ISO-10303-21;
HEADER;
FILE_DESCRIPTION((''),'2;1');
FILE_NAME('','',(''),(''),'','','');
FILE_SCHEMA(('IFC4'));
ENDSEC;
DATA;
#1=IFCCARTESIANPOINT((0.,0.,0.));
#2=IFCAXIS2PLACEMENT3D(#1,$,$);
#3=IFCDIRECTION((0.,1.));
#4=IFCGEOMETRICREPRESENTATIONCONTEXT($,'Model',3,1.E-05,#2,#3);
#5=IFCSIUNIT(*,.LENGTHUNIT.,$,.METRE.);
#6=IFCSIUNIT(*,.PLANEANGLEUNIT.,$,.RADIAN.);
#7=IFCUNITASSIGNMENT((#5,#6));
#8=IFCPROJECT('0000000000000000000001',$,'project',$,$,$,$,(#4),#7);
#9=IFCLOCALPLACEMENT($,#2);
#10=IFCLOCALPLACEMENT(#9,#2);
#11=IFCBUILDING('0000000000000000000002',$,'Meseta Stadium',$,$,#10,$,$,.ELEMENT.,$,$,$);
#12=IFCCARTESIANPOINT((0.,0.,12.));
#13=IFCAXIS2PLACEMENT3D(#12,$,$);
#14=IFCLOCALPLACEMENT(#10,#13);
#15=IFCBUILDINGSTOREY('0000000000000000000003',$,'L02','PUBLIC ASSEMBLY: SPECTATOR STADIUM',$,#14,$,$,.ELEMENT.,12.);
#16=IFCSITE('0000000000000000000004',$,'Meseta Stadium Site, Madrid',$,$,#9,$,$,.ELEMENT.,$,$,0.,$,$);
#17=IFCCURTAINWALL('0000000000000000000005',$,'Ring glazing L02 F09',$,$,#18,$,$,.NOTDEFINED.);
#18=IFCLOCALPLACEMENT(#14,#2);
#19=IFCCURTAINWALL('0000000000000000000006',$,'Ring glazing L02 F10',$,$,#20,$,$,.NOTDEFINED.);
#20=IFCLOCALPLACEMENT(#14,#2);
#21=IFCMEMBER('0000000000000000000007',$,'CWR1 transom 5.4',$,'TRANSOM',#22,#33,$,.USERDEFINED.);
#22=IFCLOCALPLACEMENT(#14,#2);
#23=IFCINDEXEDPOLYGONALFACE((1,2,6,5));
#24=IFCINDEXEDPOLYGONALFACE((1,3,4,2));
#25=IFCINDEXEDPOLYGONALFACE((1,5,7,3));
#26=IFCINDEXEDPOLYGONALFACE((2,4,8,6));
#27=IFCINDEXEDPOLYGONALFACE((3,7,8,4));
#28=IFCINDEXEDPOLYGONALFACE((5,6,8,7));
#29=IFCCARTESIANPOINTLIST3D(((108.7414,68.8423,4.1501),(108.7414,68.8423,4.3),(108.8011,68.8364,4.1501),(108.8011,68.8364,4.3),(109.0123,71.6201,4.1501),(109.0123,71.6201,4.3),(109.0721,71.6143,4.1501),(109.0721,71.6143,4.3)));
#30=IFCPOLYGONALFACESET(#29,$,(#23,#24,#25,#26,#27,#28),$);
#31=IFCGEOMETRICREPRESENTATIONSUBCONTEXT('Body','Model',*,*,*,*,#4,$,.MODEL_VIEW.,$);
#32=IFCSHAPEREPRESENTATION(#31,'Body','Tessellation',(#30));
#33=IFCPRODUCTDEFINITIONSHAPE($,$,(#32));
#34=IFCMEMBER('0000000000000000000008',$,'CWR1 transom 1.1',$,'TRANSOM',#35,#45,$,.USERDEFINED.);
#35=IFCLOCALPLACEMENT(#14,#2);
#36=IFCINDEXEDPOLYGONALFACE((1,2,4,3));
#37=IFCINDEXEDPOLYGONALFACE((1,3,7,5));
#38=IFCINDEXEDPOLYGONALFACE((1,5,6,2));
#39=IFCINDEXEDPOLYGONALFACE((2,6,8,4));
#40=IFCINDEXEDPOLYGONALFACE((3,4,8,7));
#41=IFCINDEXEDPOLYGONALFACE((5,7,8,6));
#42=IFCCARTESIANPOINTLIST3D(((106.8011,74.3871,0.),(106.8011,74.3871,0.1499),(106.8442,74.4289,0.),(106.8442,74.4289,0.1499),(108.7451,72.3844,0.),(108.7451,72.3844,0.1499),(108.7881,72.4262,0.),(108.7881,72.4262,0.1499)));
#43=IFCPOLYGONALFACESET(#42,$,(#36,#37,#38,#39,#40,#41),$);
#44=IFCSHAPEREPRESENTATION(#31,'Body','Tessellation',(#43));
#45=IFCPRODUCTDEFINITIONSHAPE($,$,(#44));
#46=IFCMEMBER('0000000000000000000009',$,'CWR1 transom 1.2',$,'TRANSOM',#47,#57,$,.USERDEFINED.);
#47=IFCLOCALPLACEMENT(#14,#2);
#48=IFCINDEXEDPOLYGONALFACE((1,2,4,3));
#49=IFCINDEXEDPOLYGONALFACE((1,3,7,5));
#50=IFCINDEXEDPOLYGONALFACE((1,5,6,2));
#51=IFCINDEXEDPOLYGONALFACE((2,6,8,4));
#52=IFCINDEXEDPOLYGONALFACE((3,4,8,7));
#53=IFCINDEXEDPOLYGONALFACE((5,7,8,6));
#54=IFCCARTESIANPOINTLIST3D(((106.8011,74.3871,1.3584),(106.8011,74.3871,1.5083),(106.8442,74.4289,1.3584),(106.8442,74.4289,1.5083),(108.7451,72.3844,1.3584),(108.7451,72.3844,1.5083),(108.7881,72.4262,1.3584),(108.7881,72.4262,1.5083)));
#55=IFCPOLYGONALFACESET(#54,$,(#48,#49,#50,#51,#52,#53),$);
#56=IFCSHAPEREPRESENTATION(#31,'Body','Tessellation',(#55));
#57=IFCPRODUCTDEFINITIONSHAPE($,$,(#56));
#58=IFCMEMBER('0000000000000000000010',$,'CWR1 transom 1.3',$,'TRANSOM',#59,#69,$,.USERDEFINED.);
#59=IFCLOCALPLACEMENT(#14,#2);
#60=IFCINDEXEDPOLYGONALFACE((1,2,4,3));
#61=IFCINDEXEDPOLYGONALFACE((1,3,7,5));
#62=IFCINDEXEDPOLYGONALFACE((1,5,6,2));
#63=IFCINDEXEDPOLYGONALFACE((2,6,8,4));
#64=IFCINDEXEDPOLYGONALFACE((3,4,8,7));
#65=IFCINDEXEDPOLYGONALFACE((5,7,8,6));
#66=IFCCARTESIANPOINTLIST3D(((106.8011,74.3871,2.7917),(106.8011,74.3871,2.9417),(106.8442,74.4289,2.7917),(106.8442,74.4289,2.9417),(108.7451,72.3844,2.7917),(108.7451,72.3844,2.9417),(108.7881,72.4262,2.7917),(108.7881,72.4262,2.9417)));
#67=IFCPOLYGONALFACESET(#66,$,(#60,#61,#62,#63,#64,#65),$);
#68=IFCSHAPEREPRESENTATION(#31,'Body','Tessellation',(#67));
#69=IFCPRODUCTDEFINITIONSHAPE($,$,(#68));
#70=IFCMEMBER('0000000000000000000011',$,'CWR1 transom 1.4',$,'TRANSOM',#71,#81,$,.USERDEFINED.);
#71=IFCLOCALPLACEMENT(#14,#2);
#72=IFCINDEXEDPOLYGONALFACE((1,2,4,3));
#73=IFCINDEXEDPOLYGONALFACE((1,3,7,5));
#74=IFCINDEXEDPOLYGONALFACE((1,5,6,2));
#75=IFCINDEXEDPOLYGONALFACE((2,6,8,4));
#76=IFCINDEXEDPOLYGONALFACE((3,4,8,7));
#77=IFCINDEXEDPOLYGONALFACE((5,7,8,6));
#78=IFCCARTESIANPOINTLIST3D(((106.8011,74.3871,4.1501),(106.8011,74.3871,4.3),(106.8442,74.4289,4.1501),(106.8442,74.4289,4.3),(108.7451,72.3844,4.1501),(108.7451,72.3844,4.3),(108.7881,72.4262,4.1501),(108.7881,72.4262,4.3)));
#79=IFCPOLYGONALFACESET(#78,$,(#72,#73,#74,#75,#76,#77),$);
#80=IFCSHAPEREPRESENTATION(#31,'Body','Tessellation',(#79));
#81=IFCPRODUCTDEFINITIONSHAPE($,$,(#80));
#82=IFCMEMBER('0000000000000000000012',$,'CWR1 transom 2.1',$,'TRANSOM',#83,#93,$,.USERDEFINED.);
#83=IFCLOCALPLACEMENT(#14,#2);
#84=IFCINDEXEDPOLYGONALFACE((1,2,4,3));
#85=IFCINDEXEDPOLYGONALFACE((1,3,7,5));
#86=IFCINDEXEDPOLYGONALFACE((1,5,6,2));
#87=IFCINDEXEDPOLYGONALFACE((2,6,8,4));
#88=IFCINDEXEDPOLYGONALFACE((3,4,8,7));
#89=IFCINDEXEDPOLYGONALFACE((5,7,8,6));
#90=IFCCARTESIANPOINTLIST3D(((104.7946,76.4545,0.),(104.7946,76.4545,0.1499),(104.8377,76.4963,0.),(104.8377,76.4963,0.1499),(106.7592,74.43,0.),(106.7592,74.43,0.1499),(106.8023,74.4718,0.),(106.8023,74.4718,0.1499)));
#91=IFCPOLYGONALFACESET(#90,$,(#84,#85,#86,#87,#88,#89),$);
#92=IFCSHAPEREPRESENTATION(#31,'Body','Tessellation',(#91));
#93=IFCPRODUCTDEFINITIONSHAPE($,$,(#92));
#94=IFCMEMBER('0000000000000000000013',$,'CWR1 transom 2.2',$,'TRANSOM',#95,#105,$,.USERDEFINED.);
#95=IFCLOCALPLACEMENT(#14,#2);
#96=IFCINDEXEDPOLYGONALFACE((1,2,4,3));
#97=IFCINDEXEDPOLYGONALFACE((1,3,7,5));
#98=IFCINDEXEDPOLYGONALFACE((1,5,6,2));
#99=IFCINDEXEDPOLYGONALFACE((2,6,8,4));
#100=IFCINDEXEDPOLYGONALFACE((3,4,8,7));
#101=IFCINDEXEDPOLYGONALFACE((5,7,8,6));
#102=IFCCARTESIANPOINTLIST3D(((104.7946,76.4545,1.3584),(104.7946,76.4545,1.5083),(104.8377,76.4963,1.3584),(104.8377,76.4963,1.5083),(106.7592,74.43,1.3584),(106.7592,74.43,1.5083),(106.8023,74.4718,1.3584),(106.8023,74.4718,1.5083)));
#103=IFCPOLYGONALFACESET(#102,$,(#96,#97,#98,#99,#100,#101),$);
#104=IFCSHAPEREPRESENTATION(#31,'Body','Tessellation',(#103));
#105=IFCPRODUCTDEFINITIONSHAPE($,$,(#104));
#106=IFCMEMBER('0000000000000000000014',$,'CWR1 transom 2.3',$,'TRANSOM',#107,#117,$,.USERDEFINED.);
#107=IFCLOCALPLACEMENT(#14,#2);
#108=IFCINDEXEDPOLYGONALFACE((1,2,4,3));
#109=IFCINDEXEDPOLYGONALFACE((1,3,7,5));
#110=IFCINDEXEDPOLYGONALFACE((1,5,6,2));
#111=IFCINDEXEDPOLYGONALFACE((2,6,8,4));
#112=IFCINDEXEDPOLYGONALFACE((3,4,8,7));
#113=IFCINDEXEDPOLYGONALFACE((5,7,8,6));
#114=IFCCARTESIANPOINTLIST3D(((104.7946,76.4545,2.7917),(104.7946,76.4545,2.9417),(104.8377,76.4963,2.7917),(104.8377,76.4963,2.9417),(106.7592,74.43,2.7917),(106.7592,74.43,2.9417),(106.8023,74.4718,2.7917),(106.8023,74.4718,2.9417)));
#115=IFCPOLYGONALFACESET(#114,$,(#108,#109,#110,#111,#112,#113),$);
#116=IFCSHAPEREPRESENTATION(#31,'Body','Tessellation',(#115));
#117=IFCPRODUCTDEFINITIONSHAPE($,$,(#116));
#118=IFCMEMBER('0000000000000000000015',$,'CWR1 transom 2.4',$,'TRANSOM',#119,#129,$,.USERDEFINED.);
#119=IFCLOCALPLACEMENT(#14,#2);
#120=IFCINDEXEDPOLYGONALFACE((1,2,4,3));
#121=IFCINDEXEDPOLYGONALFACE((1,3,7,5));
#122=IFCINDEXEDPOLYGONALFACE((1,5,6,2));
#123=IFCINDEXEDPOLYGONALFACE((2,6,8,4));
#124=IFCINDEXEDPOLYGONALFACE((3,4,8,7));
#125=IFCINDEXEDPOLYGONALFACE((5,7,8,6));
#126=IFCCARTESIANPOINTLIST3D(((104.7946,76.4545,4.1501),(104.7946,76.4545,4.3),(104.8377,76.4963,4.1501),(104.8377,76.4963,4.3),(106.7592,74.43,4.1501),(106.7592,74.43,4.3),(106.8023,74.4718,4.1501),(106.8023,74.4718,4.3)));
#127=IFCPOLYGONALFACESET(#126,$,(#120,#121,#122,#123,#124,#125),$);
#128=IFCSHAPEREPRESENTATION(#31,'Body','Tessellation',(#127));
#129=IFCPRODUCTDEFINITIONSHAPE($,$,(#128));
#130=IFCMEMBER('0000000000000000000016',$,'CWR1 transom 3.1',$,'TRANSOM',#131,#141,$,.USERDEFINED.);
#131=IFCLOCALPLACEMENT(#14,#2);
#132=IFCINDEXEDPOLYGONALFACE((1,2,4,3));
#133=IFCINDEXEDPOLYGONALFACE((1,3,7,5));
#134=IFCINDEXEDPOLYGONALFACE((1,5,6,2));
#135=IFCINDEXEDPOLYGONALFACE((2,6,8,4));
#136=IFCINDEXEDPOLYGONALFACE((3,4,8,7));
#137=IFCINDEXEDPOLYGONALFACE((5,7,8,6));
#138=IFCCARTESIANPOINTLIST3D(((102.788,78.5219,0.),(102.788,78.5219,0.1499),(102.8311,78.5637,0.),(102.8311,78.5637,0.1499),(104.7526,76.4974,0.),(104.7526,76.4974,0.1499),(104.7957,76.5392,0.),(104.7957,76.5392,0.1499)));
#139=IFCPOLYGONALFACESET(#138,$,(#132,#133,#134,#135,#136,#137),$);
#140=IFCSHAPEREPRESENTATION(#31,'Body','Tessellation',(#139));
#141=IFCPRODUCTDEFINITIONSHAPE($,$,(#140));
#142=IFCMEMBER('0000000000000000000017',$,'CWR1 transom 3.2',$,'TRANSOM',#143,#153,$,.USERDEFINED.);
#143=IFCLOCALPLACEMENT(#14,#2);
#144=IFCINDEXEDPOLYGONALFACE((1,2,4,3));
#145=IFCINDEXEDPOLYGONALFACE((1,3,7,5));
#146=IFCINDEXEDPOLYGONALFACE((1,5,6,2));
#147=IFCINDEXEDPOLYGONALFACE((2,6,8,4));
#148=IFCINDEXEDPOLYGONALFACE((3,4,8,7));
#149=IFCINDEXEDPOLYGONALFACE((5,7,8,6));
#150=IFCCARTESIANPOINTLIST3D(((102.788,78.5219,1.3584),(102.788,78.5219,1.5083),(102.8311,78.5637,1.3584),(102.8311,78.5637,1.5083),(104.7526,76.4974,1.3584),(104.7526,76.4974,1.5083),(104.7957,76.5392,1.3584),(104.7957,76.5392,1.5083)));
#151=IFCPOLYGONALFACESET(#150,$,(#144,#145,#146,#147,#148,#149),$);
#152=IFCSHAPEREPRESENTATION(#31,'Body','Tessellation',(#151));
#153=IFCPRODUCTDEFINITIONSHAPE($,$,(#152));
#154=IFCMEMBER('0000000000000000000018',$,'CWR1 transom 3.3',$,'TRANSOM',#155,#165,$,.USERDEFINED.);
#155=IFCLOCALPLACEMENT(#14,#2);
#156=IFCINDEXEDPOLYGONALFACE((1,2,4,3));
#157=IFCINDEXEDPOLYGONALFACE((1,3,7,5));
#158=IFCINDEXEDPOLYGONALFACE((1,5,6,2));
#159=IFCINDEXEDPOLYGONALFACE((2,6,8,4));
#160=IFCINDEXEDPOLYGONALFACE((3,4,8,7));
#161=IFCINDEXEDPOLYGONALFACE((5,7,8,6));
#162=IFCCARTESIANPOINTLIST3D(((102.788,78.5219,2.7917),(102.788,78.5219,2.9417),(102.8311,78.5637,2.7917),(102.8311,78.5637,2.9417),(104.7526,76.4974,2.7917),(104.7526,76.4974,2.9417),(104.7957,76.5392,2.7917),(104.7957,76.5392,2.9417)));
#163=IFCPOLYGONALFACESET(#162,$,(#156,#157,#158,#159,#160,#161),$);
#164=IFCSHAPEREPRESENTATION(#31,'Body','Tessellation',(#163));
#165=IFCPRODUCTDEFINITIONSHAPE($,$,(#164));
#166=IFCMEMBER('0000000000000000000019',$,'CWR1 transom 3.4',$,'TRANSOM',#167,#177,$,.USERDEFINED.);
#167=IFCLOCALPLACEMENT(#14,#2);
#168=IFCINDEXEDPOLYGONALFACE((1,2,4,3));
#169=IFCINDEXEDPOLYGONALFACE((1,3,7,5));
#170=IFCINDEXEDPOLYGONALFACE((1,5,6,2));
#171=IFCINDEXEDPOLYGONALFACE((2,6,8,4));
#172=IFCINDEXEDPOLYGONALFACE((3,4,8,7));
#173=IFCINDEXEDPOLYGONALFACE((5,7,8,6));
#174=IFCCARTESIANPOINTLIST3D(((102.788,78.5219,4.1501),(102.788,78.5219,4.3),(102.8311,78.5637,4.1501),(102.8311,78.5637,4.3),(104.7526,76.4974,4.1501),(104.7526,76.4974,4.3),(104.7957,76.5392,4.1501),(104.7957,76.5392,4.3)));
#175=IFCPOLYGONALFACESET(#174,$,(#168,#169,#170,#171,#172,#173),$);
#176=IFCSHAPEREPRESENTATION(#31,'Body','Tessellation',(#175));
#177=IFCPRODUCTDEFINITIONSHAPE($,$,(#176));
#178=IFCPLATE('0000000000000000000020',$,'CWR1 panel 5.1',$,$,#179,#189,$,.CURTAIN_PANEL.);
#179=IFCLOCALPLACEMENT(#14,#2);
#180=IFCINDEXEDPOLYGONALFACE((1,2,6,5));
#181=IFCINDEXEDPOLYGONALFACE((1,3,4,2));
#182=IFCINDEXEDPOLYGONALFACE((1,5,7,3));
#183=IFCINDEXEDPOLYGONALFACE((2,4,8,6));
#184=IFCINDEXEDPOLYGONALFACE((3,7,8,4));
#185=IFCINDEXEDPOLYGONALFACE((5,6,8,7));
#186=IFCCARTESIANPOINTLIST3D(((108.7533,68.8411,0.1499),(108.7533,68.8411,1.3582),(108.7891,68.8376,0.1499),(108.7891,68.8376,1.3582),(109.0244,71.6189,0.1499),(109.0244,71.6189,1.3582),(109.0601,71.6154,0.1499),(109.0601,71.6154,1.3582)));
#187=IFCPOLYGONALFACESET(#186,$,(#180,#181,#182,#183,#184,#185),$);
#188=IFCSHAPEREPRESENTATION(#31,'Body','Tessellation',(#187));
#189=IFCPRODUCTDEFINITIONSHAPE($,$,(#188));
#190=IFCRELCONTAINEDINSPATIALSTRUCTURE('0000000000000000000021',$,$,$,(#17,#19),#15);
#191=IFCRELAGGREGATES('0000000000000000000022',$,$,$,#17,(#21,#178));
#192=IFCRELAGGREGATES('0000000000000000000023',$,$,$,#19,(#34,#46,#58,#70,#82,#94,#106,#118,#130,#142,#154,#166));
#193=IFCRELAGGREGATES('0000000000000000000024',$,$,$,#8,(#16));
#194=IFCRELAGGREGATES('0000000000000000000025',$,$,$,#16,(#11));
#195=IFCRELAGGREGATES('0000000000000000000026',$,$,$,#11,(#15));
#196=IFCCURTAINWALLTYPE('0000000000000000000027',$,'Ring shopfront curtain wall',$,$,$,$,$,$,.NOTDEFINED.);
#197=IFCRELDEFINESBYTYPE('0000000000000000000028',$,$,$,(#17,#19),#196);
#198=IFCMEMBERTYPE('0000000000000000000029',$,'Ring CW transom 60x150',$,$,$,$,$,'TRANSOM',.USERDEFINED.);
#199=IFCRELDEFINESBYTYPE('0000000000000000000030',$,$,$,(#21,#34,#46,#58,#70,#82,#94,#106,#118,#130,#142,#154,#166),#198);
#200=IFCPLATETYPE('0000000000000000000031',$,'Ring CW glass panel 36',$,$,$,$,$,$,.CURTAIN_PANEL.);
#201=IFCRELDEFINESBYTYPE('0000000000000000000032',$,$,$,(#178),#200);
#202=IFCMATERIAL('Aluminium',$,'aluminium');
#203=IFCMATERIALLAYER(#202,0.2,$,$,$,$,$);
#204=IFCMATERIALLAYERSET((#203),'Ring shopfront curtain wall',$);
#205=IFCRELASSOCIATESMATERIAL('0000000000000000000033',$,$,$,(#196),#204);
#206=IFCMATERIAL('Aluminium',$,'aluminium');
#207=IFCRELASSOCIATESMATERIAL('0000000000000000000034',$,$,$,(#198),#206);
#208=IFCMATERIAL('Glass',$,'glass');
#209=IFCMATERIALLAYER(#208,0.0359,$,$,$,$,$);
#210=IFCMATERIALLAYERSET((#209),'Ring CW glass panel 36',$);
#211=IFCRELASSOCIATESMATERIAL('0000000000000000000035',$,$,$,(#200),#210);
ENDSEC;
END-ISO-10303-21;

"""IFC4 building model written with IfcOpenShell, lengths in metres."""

from ifc_helpers import new_model, si_unit, direction, frame, origin, origin_2d, place, context, subcontext, project, spatial, rectangle, extrude, material, layer, layer_set, material_profile, profile_set, type_object, element, aggregate, save


model = new_model("IFC4")

# Units and contexts
model_context = context("Model", 3, precision=1e-05, world=origin(), true_north=direction((0.0, 1.0)))
body_context = subcontext(model_context, "Body", "Model", "MODEL_VIEW")
ifc_project = project(units=[si_unit("LENGTHUNIT", "METRE"), si_unit("PLANEANGLEUNIT", "RADIAN")], contexts=[model_context])

# Site, building, storey
site_placement = place(None, origin())
site = spatial("IfcSite", under=ifc_project, at=site_placement, Name="Meseta Stadium Site, Madrid", CompositionType="ELEMENT", RefElevation=0.0)
building_placement = place(site_placement, origin())
building = spatial("IfcBuilding", under=site, at=building_placement, Name="Meseta Stadium", CompositionType="ELEMENT")
storey_placement = place(building_placement, frame((0.0, 0.0, 12.0)))
storey = spatial("IfcBuildingStorey", under=building, at=storey_placement, Name="L02", Description="PUBLIC ASSEMBLY: SPECTATOR STADIUM", CompositionType="ELEMENT", Elevation=12.0)

# Curtain wall
ifc_material_1 = material(Name="Aluminium", Category="aluminium")
ifc_layer_1 = layer(ifc_material_1, 0.2)
ifc_layer_set_1 = layer_set([ifc_layer_1], Name="Ring shopfront curtain wall")
curtain_wall_type = type_object("IfcCurtainWallType", Name="Ring shopfront curtain wall", PredefinedType="NOTDEFINED", material=ifc_layer_set_1)
curtain_wall_1_placement = place(storey_placement, origin())
curtain_wall_1 = element("IfcCurtainWall", 1, at=curtain_wall_1_placement, inside=storey, type_object=curtain_wall_type, Name="Ring glazing L02 F09", PredefinedType="NOTDEFINED")

# Curtain wall
curtain_wall_2_placement = place(storey_placement, origin())
curtain_wall_2 = element("IfcCurtainWall", 2, at=curtain_wall_2_placement, inside=storey, type_object=curtain_wall_type, Name="Ring glazing L02 F10", PredefinedType="NOTDEFINED")

# Members
ifc_material_2 = material(Name="Aluminium", Category="aluminium")
ifc_material_profile_1 = material_profile(ifc_material_2, rectangle(XDim=0.0601, YDim=0.1499, at=origin_2d()), Name="CW 60x150")
ifc_profile_set_1 = profile_set([ifc_material_profile_1], Name="Aluminium")
member_type_1 = type_object("IfcMemberType", Name="Ring CW transom 60x150", ElementType="TRANSOM", PredefinedType="USERDEFINED", material=ifc_profile_set_1)
member_1_placement = place(storey_placement, frame((108.7712, 68.8394, 4.2251), z_axis=(0.097096, 0.995275, 0.0), x_axis=(-0.995275, 0.097096, 0.0)))
member_1 = element("IfcMember", 3, at=member_1_placement, type_object=member_type_1, Name="CWR1 transom 5.4", ObjectType="TRANSOM", PredefinedType="USERDEFINED", context=body_context, shape_type="SweptSolid", body=[
    extrude(rectangle(XDim=0.0601, YDim=0.1499, at=origin_2d()), origin(), (0.0, 0.0, 1.0), 2.791),
])
member_2_placement = place(storey_placement, frame((108.7666, 72.4053, 0.075), z_axis=(-0.696487, 0.717569, 0.0), x_axis=(-0.717569, -0.696487, 0.0)))
member_2 = element("IfcMember", 4, at=member_2_placement, type_object=member_type_1, Name="CWR1 transom 1.1", ObjectType="TRANSOM", PredefinedType="USERDEFINED", context=body_context, shape_type="SweptSolid", body=[
    extrude(rectangle(XDim=0.0601, YDim=0.1499, at=origin_2d()), origin(), (0.0, 0.0, 1.0), 2.791),
])
member_3_placement = place(storey_placement, frame((108.7666, 72.4053, 1.4333), z_axis=(-0.696487, 0.717569, 0.0), x_axis=(-0.717569, -0.696487, 0.0)))
member_3 = element("IfcMember", 5, at=member_3_placement, type_object=member_type_1, Name="CWR1 transom 1.2", ObjectType="TRANSOM", PredefinedType="USERDEFINED", context=body_context, shape_type="SweptSolid", body=[
    extrude(rectangle(XDim=0.0601, YDim=0.1499, at=origin_2d()), origin(), (0.0, 0.0, 1.0), 2.791),
])
member_4_placement = place(storey_placement, frame((108.7666, 72.4053, 2.8667), z_axis=(-0.696487, 0.717569, 0.0), x_axis=(-0.717569, -0.696487, 0.0)))
member_4 = element("IfcMember", 6, at=member_4_placement, type_object=member_type_1, Name="CWR1 transom 1.3", ObjectType="TRANSOM", PredefinedType="USERDEFINED", context=body_context, shape_type="SweptSolid", body=[
    extrude(rectangle(XDim=0.0601, YDim=0.1499, at=origin_2d()), origin(), (0.0, 0.0, 1.0), 2.791),
])
member_5_placement = place(storey_placement, frame((108.7666, 72.4053, 4.2251), z_axis=(-0.696487, 0.717569, 0.0), x_axis=(-0.717569, -0.696487, 0.0)))
member_5 = element("IfcMember", 7, at=member_5_placement, type_object=member_type_1, Name="CWR1 transom 1.4", ObjectType="TRANSOM", PredefinedType="USERDEFINED", context=body_context, shape_type="SweptSolid", body=[
    extrude(rectangle(XDim=0.0601, YDim=0.1499, at=origin_2d()), origin(), (0.0, 0.0, 1.0), 2.791),
])
member_6_placement = place(storey_placement, frame((106.7808, 74.4509, 0.075), z_axis=(-0.696426, 0.717629, 0.0), x_axis=(-0.717629, -0.696426, 0.0)))
member_6 = element("IfcMember", 8, at=member_6_placement, type_object=member_type_1, Name="CWR1 transom 2.1", ObjectType="TRANSOM", PredefinedType="USERDEFINED", context=body_context, shape_type="SweptSolid", body=[
    extrude(rectangle(XDim=0.0601, YDim=0.1499, at=origin_2d()), origin(), (0.0, 0.0, 1.0), 2.821),
])
member_7_placement = place(storey_placement, frame((106.7808, 74.4509, 1.4333), z_axis=(-0.696426, 0.717629, 0.0), x_axis=(-0.717629, -0.696426, 0.0)))
member_7 = element("IfcMember", 9, at=member_7_placement, type_object=member_type_1, Name="CWR1 transom 2.2", ObjectType="TRANSOM", PredefinedType="USERDEFINED", context=body_context, shape_type="SweptSolid", body=[
    extrude(rectangle(XDim=0.0601, YDim=0.1499, at=origin_2d()), origin(), (0.0, 0.0, 1.0), 2.821),
])
member_8_placement = place(storey_placement, frame((106.7808, 74.4509, 2.8667), z_axis=(-0.696426, 0.717629, 0.0), x_axis=(-0.717629, -0.696426, 0.0)))
member_8 = element("IfcMember", 10, at=member_8_placement, type_object=member_type_1, Name="CWR1 transom 2.3", ObjectType="TRANSOM", PredefinedType="USERDEFINED", context=body_context, shape_type="SweptSolid", body=[
    extrude(rectangle(XDim=0.0601, YDim=0.1499, at=origin_2d()), origin(), (0.0, 0.0, 1.0), 2.821),
])
member_9_placement = place(storey_placement, frame((106.7808, 74.4509, 4.2251), z_axis=(-0.696426, 0.717629, 0.0), x_axis=(-0.717629, -0.696426, 0.0)))
member_9 = element("IfcMember", 11, at=member_9_placement, type_object=member_type_1, Name="CWR1 transom 2.4", ObjectType="TRANSOM", PredefinedType="USERDEFINED", context=body_context, shape_type="SweptSolid", body=[
    extrude(rectangle(XDim=0.0601, YDim=0.1499, at=origin_2d()), origin(), (0.0, 0.0, 1.0), 2.821),
])
member_10_placement = place(storey_placement, frame((104.7742, 76.5183, 0.075), z_axis=(-0.696426, 0.717629, 0.0), x_axis=(-0.717629, -0.696426, 0.0)))
member_10 = element("IfcMember", 12, at=member_10_placement, type_object=member_type_1, Name="CWR1 transom 3.1", ObjectType="TRANSOM", PredefinedType="USERDEFINED", context=body_context, shape_type="SweptSolid", body=[
    extrude(rectangle(XDim=0.0601, YDim=0.1499, at=origin_2d()), origin(), (0.0, 0.0, 1.0), 2.821),
])
member_11_placement = place(storey_placement, frame((104.7742, 76.5183, 1.4333), z_axis=(-0.696426, 0.717629, 0.0), x_axis=(-0.717629, -0.696426, 0.0)))
member_11 = element("IfcMember", 13, at=member_11_placement, type_object=member_type_1, Name="CWR1 transom 3.2", ObjectType="TRANSOM", PredefinedType="USERDEFINED", context=body_context, shape_type="SweptSolid", body=[
    extrude(rectangle(XDim=0.0601, YDim=0.1499, at=origin_2d()), origin(), (0.0, 0.0, 1.0), 2.821),
])
member_12_placement = place(storey_placement, frame((104.7742, 76.5183, 2.8667), z_axis=(-0.696426, 0.717629, 0.0), x_axis=(-0.717629, -0.696426, 0.0)))
member_12 = element("IfcMember", 14, at=member_12_placement, type_object=member_type_1, Name="CWR1 transom 3.3", ObjectType="TRANSOM", PredefinedType="USERDEFINED", context=body_context, shape_type="SweptSolid", body=[
    extrude(rectangle(XDim=0.0601, YDim=0.1499, at=origin_2d()), origin(), (0.0, 0.0, 1.0), 2.821),
])
member_13_placement = place(storey_placement, frame((104.7742, 76.5183, 4.2251), z_axis=(-0.696426, 0.717629, 0.0), x_axis=(-0.717629, -0.696426, 0.0)))
member_13 = element("IfcMember", 15, at=member_13_placement, type_object=member_type_1, Name="CWR1 transom 3.4", ObjectType="TRANSOM", PredefinedType="USERDEFINED", context=body_context, shape_type="SweptSolid", body=[
    extrude(rectangle(XDim=0.0601, YDim=0.1499, at=origin_2d()), origin(), (0.0, 0.0, 1.0), 2.821),
])

# Plate
ifc_material_3 = material(Name="Glass", Category="glass")
ifc_layer_2 = layer(ifc_material_3, 0.0359)
ifc_layer_set_2 = layer_set([ifc_layer_2], Name="Ring CW glass panel 36")
plate_type_1 = type_object("IfcPlateType", Name="Ring CW glass panel 36", PredefinedType="CURTAIN_PANEL", material=ifc_layer_set_2)
plate_1_placement = place(storey_placement, frame((108.9067, 70.2283, 0.1499), z_axis=(0.0, 0.0, 1.0), x_axis=(0.097125, 0.995272, 0.0)))
plate_1 = element("IfcPlate", 16, at=plate_1_placement, type_object=plate_type_1, Name="CWR1 panel 5.1", PredefinedType="CURTAIN_PANEL", context=body_context, shape_type="SweptSolid", body=[
    extrude(rectangle(XDim=2.791, YDim=0.0359, at=origin_2d()), origin(), (0.0, 0.0, 1.0), 1.2083),
])
aggregate(curtain_wall_1, [member_1, plate_1])
aggregate(curtain_wall_2, [member_2, member_3, member_4, member_5, member_6, member_7, member_8, member_9, member_10, member_11, member_12, member_13])

save(model, "model.ifc")
